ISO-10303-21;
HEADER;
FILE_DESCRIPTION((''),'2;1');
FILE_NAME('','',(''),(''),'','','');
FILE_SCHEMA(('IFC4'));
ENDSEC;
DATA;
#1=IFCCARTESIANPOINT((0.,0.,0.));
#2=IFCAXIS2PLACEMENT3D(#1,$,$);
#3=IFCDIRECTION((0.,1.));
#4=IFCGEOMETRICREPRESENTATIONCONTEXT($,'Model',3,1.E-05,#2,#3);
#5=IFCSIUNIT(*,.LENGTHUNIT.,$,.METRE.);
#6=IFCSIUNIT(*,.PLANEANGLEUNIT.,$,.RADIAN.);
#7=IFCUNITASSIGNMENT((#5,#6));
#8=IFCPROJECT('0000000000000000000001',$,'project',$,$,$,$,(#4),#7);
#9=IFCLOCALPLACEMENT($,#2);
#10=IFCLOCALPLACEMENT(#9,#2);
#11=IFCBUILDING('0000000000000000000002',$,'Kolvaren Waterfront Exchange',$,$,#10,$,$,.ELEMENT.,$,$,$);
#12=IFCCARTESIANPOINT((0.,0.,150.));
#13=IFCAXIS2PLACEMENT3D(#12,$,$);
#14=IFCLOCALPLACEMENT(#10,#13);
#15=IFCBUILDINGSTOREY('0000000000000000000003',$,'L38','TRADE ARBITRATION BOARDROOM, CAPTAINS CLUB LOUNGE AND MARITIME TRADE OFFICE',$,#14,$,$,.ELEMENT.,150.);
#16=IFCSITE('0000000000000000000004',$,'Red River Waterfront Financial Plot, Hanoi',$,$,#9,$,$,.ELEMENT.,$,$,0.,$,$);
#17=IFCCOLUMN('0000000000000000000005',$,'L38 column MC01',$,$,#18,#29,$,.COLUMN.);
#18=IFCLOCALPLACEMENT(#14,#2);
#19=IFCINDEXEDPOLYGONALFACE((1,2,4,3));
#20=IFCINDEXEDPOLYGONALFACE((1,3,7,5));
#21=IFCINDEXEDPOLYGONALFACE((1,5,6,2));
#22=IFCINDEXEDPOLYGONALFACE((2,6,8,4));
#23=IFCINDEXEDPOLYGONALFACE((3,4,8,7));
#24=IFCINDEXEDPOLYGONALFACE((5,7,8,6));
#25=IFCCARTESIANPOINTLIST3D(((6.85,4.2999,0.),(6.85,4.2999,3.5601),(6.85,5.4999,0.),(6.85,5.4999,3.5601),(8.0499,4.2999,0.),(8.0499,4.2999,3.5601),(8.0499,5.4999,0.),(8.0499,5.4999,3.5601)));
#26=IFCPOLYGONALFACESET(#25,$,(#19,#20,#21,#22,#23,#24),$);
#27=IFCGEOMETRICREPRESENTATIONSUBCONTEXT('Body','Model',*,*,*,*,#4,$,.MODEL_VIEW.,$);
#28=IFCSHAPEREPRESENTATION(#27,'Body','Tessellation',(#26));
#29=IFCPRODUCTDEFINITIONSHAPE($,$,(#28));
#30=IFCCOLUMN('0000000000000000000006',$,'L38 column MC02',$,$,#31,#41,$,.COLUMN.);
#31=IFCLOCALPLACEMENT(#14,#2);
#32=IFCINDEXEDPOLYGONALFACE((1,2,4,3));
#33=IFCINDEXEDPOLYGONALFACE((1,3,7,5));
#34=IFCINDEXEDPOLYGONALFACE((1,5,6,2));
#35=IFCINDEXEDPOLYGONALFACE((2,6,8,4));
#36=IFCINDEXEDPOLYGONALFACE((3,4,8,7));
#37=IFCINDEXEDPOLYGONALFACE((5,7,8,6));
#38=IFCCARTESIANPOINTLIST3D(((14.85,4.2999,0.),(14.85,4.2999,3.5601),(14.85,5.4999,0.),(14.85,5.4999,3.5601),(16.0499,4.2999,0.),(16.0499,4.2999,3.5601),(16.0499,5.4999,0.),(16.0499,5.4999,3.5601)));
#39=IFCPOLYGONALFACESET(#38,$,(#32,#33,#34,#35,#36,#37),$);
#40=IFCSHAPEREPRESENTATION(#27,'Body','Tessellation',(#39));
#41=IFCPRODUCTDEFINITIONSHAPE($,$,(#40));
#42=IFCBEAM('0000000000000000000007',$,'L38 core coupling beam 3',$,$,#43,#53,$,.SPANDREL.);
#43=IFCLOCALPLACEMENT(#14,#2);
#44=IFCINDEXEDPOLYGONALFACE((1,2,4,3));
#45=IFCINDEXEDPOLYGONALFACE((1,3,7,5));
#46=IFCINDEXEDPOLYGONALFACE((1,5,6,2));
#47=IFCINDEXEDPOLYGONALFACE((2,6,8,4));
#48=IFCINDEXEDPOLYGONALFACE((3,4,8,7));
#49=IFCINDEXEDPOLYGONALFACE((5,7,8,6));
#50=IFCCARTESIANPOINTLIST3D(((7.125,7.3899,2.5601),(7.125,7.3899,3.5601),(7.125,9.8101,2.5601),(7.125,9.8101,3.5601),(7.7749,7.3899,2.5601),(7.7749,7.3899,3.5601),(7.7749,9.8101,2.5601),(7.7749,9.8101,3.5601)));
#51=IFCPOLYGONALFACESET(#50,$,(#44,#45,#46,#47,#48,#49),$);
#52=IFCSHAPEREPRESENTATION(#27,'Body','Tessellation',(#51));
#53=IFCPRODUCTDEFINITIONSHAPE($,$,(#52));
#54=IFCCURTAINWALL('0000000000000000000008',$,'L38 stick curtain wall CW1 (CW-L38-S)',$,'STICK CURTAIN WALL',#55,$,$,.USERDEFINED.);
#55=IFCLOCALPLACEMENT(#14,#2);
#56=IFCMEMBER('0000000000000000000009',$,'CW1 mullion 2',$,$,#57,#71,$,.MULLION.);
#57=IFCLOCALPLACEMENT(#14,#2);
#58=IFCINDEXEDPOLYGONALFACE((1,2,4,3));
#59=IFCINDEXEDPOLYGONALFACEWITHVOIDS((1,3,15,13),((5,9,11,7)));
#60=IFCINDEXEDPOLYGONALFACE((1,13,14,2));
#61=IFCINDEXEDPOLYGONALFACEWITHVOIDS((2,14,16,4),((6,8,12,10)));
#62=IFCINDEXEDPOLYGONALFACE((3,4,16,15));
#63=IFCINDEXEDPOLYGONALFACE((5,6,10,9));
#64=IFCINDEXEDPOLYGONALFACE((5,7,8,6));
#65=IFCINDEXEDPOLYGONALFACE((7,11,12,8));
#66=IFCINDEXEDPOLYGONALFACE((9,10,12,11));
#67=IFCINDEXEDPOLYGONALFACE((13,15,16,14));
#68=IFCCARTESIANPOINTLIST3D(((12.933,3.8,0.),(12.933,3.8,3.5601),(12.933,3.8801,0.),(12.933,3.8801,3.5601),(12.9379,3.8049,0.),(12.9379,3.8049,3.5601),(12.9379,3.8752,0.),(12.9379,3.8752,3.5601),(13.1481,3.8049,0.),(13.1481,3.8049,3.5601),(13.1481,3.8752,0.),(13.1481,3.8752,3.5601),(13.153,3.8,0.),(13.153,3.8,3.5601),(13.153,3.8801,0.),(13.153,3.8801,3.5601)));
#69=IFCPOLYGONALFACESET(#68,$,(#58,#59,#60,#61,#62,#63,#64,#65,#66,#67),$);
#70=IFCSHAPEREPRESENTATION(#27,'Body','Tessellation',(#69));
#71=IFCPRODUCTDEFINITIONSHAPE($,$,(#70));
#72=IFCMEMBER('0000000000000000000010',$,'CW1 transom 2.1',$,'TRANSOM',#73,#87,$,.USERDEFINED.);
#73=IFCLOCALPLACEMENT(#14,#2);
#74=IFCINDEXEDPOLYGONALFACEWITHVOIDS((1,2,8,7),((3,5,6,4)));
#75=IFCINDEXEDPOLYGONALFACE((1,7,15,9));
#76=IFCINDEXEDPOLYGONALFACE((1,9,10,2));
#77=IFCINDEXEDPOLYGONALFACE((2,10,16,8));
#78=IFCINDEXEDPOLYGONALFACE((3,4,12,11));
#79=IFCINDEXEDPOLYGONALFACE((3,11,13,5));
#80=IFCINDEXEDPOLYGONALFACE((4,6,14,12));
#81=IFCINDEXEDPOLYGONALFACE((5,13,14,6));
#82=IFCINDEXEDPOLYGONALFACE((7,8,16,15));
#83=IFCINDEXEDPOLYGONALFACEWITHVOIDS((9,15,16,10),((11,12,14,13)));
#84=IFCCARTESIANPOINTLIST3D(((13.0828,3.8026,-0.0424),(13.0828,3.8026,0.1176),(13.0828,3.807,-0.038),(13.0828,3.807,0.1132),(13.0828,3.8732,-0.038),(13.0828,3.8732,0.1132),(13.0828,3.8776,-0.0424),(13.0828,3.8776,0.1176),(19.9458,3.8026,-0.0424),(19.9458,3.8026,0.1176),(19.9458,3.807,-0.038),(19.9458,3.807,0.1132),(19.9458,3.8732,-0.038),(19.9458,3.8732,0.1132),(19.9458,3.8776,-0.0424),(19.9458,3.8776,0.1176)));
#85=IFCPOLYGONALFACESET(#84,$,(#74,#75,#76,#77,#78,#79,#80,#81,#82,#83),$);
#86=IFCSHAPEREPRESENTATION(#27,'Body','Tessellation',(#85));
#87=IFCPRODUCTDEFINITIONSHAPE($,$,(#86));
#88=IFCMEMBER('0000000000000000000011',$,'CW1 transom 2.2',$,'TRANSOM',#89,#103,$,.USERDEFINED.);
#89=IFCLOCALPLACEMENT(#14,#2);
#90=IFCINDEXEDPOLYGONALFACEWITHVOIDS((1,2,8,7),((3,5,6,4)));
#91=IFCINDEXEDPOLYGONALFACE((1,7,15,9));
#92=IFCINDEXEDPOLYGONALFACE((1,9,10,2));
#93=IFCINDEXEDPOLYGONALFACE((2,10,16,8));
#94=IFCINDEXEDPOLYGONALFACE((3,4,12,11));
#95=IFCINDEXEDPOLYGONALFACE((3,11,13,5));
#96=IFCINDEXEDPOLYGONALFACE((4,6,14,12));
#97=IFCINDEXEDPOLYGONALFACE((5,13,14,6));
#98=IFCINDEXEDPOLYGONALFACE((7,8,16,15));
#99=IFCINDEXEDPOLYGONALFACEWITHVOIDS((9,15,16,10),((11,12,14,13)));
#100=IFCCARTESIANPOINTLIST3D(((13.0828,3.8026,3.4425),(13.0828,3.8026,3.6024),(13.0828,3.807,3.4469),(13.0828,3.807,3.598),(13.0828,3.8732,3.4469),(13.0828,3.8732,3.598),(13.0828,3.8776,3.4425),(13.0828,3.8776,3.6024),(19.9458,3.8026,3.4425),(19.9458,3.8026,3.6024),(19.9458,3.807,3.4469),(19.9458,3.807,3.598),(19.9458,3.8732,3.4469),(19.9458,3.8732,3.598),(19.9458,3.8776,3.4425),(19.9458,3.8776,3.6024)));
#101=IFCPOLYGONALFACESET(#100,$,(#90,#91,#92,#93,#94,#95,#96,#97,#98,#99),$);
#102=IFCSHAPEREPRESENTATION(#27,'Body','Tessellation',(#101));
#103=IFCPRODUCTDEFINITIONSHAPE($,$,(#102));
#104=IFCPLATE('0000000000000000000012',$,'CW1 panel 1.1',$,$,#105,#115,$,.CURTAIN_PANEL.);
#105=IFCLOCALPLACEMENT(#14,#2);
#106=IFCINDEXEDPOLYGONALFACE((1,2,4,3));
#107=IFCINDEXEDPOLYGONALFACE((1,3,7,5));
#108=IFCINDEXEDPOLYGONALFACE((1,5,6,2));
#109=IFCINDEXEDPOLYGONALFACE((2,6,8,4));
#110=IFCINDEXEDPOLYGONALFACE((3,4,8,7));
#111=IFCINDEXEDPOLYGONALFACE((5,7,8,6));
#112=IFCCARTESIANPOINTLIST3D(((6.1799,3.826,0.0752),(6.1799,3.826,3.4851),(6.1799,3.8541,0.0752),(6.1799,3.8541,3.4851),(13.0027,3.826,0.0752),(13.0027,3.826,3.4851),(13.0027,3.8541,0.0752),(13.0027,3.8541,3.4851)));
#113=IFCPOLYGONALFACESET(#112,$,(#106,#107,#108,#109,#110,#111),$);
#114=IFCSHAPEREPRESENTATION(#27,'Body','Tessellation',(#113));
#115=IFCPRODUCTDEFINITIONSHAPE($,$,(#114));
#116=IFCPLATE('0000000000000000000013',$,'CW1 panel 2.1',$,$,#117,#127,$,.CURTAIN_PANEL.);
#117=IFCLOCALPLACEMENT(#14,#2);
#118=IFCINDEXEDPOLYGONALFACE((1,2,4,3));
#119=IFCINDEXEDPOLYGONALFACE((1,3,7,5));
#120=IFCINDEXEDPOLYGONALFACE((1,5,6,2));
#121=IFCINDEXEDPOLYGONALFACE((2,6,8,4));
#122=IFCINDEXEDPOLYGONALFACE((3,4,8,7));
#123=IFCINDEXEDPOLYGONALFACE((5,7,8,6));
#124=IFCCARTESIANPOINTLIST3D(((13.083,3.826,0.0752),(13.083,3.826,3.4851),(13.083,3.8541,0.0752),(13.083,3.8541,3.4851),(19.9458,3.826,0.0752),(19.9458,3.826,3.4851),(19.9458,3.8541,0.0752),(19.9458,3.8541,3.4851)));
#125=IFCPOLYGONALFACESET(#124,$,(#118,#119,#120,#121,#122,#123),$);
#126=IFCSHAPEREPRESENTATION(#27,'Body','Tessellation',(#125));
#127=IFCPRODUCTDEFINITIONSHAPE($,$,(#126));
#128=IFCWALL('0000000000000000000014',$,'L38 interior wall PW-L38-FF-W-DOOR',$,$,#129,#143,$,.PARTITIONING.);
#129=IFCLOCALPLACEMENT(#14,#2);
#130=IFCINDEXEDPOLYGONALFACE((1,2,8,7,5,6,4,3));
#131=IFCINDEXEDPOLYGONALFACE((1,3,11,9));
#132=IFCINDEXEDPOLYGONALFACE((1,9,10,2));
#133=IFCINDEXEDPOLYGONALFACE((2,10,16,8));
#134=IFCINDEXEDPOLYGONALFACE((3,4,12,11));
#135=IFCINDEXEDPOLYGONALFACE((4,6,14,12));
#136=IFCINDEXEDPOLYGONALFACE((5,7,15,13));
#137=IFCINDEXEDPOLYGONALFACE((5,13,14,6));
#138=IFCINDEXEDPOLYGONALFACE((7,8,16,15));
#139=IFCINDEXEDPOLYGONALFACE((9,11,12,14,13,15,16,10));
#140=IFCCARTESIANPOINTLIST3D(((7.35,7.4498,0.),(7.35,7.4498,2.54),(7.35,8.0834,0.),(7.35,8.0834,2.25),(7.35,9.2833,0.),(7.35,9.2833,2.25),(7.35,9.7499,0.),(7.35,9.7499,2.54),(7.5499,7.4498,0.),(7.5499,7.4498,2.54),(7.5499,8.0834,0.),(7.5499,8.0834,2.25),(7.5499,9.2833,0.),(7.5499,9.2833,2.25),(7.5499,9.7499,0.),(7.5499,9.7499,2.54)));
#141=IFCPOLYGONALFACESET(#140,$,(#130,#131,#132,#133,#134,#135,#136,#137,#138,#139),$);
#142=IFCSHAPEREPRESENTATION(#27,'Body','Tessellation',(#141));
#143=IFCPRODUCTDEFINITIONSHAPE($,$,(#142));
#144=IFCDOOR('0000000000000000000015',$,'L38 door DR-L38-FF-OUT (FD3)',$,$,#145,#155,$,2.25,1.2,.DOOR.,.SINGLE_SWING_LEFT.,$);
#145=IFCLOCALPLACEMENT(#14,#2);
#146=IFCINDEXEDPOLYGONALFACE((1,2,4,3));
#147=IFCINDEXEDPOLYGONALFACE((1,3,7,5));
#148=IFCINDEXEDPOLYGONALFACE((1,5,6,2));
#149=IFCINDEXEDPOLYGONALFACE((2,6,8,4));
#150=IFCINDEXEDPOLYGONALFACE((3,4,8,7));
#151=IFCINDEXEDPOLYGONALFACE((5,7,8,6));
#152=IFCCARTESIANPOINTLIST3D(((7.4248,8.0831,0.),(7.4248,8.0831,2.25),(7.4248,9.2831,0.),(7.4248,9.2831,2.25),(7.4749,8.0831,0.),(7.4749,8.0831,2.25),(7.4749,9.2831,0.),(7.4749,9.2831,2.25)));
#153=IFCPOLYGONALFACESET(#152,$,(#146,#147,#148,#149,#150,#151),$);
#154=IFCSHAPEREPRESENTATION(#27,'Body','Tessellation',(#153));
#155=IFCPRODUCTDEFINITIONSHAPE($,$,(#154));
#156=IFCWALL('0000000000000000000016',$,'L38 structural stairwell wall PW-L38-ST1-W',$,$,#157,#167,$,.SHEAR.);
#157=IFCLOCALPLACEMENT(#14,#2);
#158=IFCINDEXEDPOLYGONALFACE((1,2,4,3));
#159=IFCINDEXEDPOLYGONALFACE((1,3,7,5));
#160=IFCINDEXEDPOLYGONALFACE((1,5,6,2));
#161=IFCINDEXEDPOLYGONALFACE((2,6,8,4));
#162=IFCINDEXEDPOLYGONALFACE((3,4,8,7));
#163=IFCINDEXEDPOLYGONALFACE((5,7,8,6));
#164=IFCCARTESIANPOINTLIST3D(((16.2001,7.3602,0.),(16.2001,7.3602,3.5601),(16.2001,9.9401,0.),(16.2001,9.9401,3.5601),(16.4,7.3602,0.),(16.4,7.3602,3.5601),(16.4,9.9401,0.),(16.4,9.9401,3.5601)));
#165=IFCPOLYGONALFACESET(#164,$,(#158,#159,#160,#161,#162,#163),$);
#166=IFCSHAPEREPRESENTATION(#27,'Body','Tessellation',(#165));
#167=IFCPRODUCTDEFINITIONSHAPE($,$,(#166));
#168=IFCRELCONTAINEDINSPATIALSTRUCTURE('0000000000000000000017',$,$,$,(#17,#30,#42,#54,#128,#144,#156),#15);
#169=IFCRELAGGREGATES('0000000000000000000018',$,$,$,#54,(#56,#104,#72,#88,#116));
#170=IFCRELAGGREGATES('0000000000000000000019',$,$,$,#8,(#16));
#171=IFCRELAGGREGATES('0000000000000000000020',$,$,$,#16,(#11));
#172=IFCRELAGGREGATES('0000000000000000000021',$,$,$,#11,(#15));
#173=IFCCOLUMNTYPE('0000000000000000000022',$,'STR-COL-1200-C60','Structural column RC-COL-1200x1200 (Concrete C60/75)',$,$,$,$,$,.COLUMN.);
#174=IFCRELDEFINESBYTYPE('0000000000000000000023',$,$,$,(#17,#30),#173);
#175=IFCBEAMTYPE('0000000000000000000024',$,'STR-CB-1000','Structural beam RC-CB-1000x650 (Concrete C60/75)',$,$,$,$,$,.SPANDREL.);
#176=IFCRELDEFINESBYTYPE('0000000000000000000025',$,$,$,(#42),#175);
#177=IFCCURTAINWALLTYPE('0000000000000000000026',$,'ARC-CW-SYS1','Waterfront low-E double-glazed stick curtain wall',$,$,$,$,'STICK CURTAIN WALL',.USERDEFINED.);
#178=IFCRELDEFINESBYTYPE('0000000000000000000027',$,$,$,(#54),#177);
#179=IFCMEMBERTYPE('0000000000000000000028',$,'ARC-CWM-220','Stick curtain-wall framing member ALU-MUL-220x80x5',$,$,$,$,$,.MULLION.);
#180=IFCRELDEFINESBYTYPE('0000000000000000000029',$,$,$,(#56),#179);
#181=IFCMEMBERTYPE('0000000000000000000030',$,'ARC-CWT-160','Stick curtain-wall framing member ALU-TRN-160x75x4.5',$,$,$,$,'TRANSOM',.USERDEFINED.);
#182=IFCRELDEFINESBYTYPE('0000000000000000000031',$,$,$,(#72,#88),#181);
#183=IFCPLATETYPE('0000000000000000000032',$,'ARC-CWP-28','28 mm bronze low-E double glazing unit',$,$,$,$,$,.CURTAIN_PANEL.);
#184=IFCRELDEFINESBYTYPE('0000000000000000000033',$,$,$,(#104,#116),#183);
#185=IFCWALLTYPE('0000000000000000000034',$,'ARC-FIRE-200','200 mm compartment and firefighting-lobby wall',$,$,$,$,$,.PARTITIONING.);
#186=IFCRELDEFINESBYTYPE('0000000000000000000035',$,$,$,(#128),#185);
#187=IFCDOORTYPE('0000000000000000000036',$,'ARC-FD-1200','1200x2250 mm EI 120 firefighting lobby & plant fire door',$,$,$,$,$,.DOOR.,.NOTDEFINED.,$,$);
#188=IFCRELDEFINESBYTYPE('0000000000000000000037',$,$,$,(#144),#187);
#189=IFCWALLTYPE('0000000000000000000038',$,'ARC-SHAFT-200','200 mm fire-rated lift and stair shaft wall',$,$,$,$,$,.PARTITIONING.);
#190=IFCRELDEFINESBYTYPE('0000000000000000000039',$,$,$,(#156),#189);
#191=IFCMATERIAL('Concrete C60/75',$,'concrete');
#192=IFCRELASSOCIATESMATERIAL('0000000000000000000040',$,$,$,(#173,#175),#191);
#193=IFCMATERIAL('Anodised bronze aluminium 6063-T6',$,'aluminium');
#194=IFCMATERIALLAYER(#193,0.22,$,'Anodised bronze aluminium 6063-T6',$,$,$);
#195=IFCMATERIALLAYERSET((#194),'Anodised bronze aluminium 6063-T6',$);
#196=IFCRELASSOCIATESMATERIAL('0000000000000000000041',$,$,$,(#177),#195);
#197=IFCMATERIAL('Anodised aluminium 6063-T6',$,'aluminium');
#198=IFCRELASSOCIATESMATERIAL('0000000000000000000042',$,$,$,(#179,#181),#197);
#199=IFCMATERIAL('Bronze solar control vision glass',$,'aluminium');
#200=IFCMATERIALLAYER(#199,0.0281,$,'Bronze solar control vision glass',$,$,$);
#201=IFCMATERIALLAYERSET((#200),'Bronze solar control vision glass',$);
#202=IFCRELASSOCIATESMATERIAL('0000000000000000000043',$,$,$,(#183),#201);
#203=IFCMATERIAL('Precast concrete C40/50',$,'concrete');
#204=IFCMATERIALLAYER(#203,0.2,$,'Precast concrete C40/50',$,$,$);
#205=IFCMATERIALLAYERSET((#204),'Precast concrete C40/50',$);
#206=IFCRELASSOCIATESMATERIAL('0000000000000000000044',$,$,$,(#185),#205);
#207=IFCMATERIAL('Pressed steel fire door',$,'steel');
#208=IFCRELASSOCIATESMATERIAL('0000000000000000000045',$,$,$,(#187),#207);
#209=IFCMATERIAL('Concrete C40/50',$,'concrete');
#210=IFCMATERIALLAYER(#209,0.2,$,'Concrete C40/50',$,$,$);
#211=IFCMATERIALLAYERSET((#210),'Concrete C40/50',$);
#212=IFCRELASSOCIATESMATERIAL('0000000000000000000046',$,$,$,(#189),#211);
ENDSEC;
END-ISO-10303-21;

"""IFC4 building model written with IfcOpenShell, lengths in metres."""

from ifc_helpers import new_model, si_unit, direction, frame, frame_2d, origin, origin_with_axes, origin_2d, place, context, subcontext, project, spatial, rectangle, hollow_rectangle, extrude, source, transform, mapped, material, layer, layer_set, material_profile, profile_set, type_object, element, fill, aggregate, save


model = new_model("IFC4")

# Units and contexts
model_context = context("Model", 3, precision=1e-05, world=origin(), true_north=direction((0.0, 1.0)))
body_context = subcontext(model_context, "Body", "Model", "MODEL_VIEW")
ifc_project = project(units=[si_unit("LENGTHUNIT", "METRE"), si_unit("PLANEANGLEUNIT", "RADIAN")], contexts=[model_context])

# Site, building, storey
site_placement = place(None, origin())
site = spatial("IfcSite", under=ifc_project, at=site_placement, Name="Red River Waterfront Financial Plot, Hanoi", CompositionType="ELEMENT", RefElevation=0.0)
building_placement = place(site_placement, origin())
building = spatial("IfcBuilding", under=site, at=building_placement, Name="Kolvaren Waterfront Exchange", CompositionType="ELEMENT")
storey_placement = place(building_placement, frame((0.0, 0.0, 150.0)))
storey = spatial("IfcBuildingStorey", under=building, at=storey_placement, Name="L38", Description="TRADE ARBITRATION BOARDROOM, CAPTAINS CLUB LOUNGE AND MARITIME TRADE OFFICE", CompositionType="ELEMENT", Elevation=150.0)

# Columns
ifc_material_1 = material(Name="Concrete C60/75", Category="concrete")
ifc_material_profile_1 = material_profile(ifc_material_1, rectangle(XDim=1.2, YDim=1.2, at=origin_2d()), Name="RC-COL-1200x1200")
ifc_profile_set_1 = profile_set([ifc_material_profile_1], Name="Concrete C60/75")
column_type = type_object("IfcColumnType", Name="STR-COL-1200-C60", Description="Structural column RC-COL-1200x1200 (Concrete C60/75)", PredefinedType="COLUMN", material=ifc_profile_set_1)
for number, where, z_axis, x_axis, name in (
    (1, (7.45, 4.8999, 0.0), (0.0, 0.0, 1.0), (1.0, 0.0, 0.0), "L38 column MC01"),
    (2, (15.45, 4.8999, 0.0), (0.0, 0.0, 1.0), (1.0, 0.0, 0.0), "L38 column MC02"),
):
    element("IfcColumn", number, at=place(storey_placement, frame(where, z_axis=z_axis, x_axis=x_axis)), inside=storey, type_object=column_type, Name=name, PredefinedType="COLUMN", context=body_context, shape_type="SweptSolid", body=[
        extrude(rectangle(XDim=1.2, YDim=1.2, at=origin_2d()), origin(), (0.0, 0.0, 1.0), 3.5601),
    ])

# Beam
ifc_material_profile_2 = material_profile(ifc_material_1, rectangle(XDim=0.6499, YDim=1.0, at=origin_2d()), Name="RC-CB-1000x650")
ifc_profile_set_2 = profile_set([ifc_material_profile_2], Name="Concrete C60/75")
beam_type = type_object("IfcBeamType", Name="STR-CB-1000", Description="Structural beam RC-CB-1000x650 (Concrete C60/75)", PredefinedType="SPANDREL", material=ifc_profile_set_2)
beam_placement = place(storey_placement, frame((7.45, 7.3899, 3.0601), z_axis=(0.0, 1.0, 0.0), x_axis=(-1.0, 0.0, 0.0)))
element("IfcBeam", 3, at=beam_placement, inside=storey, type_object=beam_type, Name="L38 core coupling beam 3", PredefinedType="SPANDREL", context=body_context, shape_type="SweptSolid", body=[
    extrude(rectangle(XDim=0.6499, YDim=1.0, at=origin_2d()), origin(), (0.0, 0.0, 1.0), 2.4202),
])

# Curtain wall, members, plates
ifc_material_2 = material(Name="Anodised bronze aluminium 6063-T6", Category="aluminium")
ifc_layer_1 = layer(ifc_material_2, 0.22, Name="Anodised bronze aluminium 6063-T6")
ifc_layer_set_1 = layer_set([ifc_layer_1], Name="Anodised bronze aluminium 6063-T6")
curtain_wall_type = type_object("IfcCurtainWallType", Name="ARC-CW-SYS1", Description="Waterfront low-E double-glazed stick curtain wall", ElementType="STICK CURTAIN WALL", PredefinedType="USERDEFINED", material=ifc_layer_set_1)
curtain_wall_placement = place(storey_placement, origin())
curtain_wall = element("IfcCurtainWall", 4, at=curtain_wall_placement, inside=storey, type_object=curtain_wall_type, Name="L38 stick curtain wall CW1 (CW-L38-S)", ObjectType="STICK CURTAIN WALL", PredefinedType="USERDEFINED")
ifc_material_3 = material(Name="Anodised aluminium 6063-T6", Category="aluminium")
ifc_material_profile_3 = material_profile(ifc_material_3, hollow_rectangle(XDim=0.0801, YDim=0.22, WallThickness=0.0049, at=origin_2d()), Name="ALU-MUL-220x80x5")
ifc_profile_set_3 = profile_set([ifc_material_profile_3], Name="Anodised aluminium 6063-T6")
member_type_1 = type_object("IfcMemberType", Name="ARC-CWM-220", Description="Stick curtain-wall framing member ALU-MUL-220x80x5", PredefinedType="MULLION", material=ifc_profile_set_3)
shared_shape_1 = source(origin_with_axes(), body_context, "Body", "SweptSolid", [
    extrude(hollow_rectangle(XDim=0.0801, YDim=0.22, WallThickness=0.0049, at=origin_2d()), origin(), (0.0, 0.0, 1.0), 3.5601),
])
member_1_placement = place(storey_placement, frame((13.043, 3.8401, 0.0), z_axis=(0.0, 0.0, 1.0), x_axis=(0.0, 1.0, 0.0)))
member_1 = element("IfcMember", 5, at=member_1_placement, type_object=member_type_1, Name="CW1 mullion 2", PredefinedType="MULLION", context=body_context, shape_type="MappedRepresentation", body=[
    mapped(shared_shape_1, transform((0.0, 0.0, 0.0), x_axis=(1.0, 0.0, 0.0), y_axis=(0.0, 1.0, 0.0), z_axis=(0.0, 0.0, 1.0), scale=1.0)),
])
ifc_material_profile_4 = material_profile(ifc_material_3, hollow_rectangle(XDim=0.075, YDim=0.1599, WallThickness=0.0044, at=origin_2d()), Name="ALU-TRN-160x75x4.5")
ifc_profile_set_4 = profile_set([ifc_material_profile_4], Name="Anodised aluminium 6063-T6")
member_type_2 = type_object("IfcMemberType", Name="ARC-CWT-160", Description="Stick curtain-wall framing member ALU-TRN-160x75x4.5", ElementType="TRANSOM", PredefinedType="USERDEFINED", material=ifc_profile_set_4)
shared_shape_2 = source(origin_with_axes(), body_context, "Body", "SweptSolid", [
    extrude(hollow_rectangle(XDim=0.075, YDim=0.1599, WallThickness=0.0044, at=origin_2d()), origin(), (0.0, 0.0, 1.0), 6.863),
])
member_2_placement = place(storey_placement, frame((13.0828, 3.8401, 0.0376), z_axis=(1.0, 0.0, 0.0), x_axis=(0.0, 1.0, 0.0)))
member_2 = element("IfcMember", 6, at=member_2_placement, type_object=member_type_2, Name="CW1 transom 2.1", ObjectType="TRANSOM", PredefinedType="USERDEFINED", context=body_context, shape_type="MappedRepresentation", body=[
    mapped(shared_shape_2, transform((0.0, 0.0, 0.0), x_axis=(1.0, 0.0, 0.0), y_axis=(0.0, 1.0, 0.0), z_axis=(0.0, 0.0, 1.0), scale=1.0)),
])
member_3_placement = place(storey_placement, frame((13.0828, 3.8401, 3.5225), z_axis=(1.0, 0.0, 0.0), x_axis=(0.0, 1.0, 0.0)))
member_3 = element("IfcMember", 7, at=member_3_placement, type_object=member_type_2, Name="CW1 transom 2.2", ObjectType="TRANSOM", PredefinedType="USERDEFINED", context=body_context, shape_type="MappedRepresentation", body=[
    mapped(shared_shape_2, transform((0.0, 0.0, 0.0), x_axis=(1.0, 0.0, 0.0), y_axis=(0.0, 1.0, 0.0), z_axis=(0.0, 0.0, 1.0), scale=1.0)),
])
ifc_material_4 = material(Name="Bronze solar control vision glass", Category="aluminium")
ifc_layer_2 = layer(ifc_material_4, 0.0281, Name="Bronze solar control vision glass")
ifc_layer_set_2 = layer_set([ifc_layer_2], Name="Bronze solar control vision glass")
plate_type = type_object("IfcPlateType", Name="ARC-CWP-28", Description="28 mm bronze low-E double glazing unit", PredefinedType="CURTAIN_PANEL", material=ifc_layer_set_2)
shared_shape_3 = source(origin_with_axes(), body_context, "Body", "SweptSolid", [
    extrude(rectangle(XDim=6.8228, YDim=0.0281, at=origin_2d()), origin(), (0.0, 0.0, 1.0), 3.4099),
])
plate_1_placement = place(storey_placement, frame((9.5913, 3.8401, 0.0752), z_axis=(0.0, 0.0, 1.0), x_axis=(1.0, 0.0, 0.0)))
plate_1 = element("IfcPlate", 8, at=plate_1_placement, type_object=plate_type, Name="CW1 panel 1.1", PredefinedType="CURTAIN_PANEL", context=body_context, shape_type="MappedRepresentation", body=[
    mapped(shared_shape_3, transform((0.0, 0.0, 0.0), x_axis=(1.0, 0.0, 0.0), y_axis=(0.0, 1.0, 0.0), z_axis=(0.0, 0.0, 1.0), scale=1.0)),
])
shared_shape_4 = source(origin_with_axes(), body_context, "Body", "SweptSolid", [
    extrude(rectangle(XDim=6.8628, YDim=0.0281, at=origin_2d()), origin(), (0.0, 0.0, 1.0), 3.4099),
])
plate_2_placement = place(storey_placement, frame((16.5144, 3.8401, 0.0752), z_axis=(0.0, 0.0, 1.0), x_axis=(1.0, 0.0, 0.0)))
plate_2 = element("IfcPlate", 9, at=plate_2_placement, type_object=plate_type, Name="CW1 panel 2.1", PredefinedType="CURTAIN_PANEL", context=body_context, shape_type="MappedRepresentation", body=[
    mapped(shared_shape_4, transform((0.0, 0.0, 0.0), x_axis=(1.0, 0.0, 0.0), y_axis=(0.0, 1.0, 0.0), z_axis=(0.0, 0.0, 1.0), scale=1.0)),
])
aggregate(curtain_wall, [member_1, plate_1, member_2, member_3, plate_2])

# Wall, opening, door
ifc_material_5 = material(Name="Precast concrete C40/50", Category="concrete")
ifc_layer_3 = layer(ifc_material_5, 0.2, Name="Precast concrete C40/50")
ifc_layer_set_3 = layer_set([ifc_layer_3], Name="Precast concrete C40/50")
wall_type_1 = type_object("IfcWallType", Name="ARC-FIRE-200", Description="200 mm compartment and firefighting-lobby wall", PredefinedType="PARTITIONING", material=ifc_layer_set_3)
wall_1_placement = place(storey_placement, frame((7.45, 7.45, 0.0), z_axis=(0.0, 0.0, 1.0), x_axis=(0.0, 1.0, 0.0)))
wall_1 = element("IfcWall", 10, at=wall_1_placement, inside=storey, type_object=wall_type_1, Name="L38 interior wall PW-L38-FF-W-DOOR", PredefinedType="PARTITIONING", context=body_context, shape_type="SweptSolid", body=[
    extrude(rectangle(XDim=2.3, YDim=0.2, at=frame_2d((1.1499, 0.0))), origin(), (0.0, 0.0, 1.0), 2.54),
])
opening_1_placement = place(wall_1_placement, frame((0.6333, 0.0, 0.0)))
opening_1 = element("IfcOpeningElement", 11, at=opening_1_placement, cuts=wall_1, PredefinedType="OPENING", context=body_context, shape_type="SweptSolid", body=[
    extrude(rectangle(XDim=1.2, YDim=2.25, at=frame_2d((0.6001, 1.125))), frame((0.0, 0.1099, 0.0), z_axis=(0.0, -1.0, 0.0), x_axis=(1.0, 0.0, 0.0)), (0.0, 0.0, 1.0), 0.22),
])
ifc_material_6 = material(Name="Pressed steel fire door", Category="steel")
door_type_1 = type_object("IfcDoorType", Name="ARC-FD-1200", Description="1200x2250 mm EI 120 firefighting lobby & plant fire door", OperationType="NOTDEFINED", PredefinedType="DOOR", material=ifc_material_6)
door_1_placement = place(opening_1_placement, frame((1.2, 0.0, 0.0), z_axis=(0.0, 0.0, 1.0), x_axis=(-1.0, 0.0, 0.0)))
door_1 = element("IfcDoor", 12, at=door_1_placement, inside=storey, type_object=door_type_1, Name="L38 door DR-L38-FF-OUT (FD3)", OperationType="SINGLE_SWING_LEFT", OverallHeight=2.25, OverallWidth=1.2, PredefinedType="DOOR", context=body_context, shape_type="SweptSolid", body=[
    extrude(rectangle(XDim=1.2, YDim=2.25, at=frame_2d((0.6001, 1.125))), frame((0.0, 0.0249, 0.0), z_axis=(0.0, -1.0, 0.0), x_axis=(1.0, 0.0, 0.0)), (0.0, 0.0, 1.0), 0.05),
])
fill(opening_1, door_1)

# Wall
ifc_material_7 = material(Name="Concrete C40/50", Category="concrete")
ifc_layer_4 = layer(ifc_material_7, 0.2, Name="Concrete C40/50")
ifc_layer_set_4 = layer_set([ifc_layer_4], Name="Concrete C40/50")
wall_type_2 = type_object("IfcWallType", Name="ARC-SHAFT-200", Description="200 mm fire-rated lift and stair shaft wall", PredefinedType="PARTITIONING", material=ifc_layer_set_4)
wall_2_placement = place(storey_placement, frame((16.3, 7.3601, 0.0), z_axis=(0.0, 0.0, 1.0), x_axis=(0.0, 1.0, 0.0)))
element("IfcWall", 13, at=wall_2_placement, inside=storey, type_object=wall_type_2, Name="L38 structural stairwell wall PW-L38-ST1-W", PredefinedType="SHEAR", context=body_context, shape_type="SweptSolid", body=[
    extrude(rectangle(XDim=2.5798, YDim=0.2, at=frame_2d((1.29, 0.0))), origin(), (0.0, 0.0, 1.0), 3.5601),
])

save(model, "model.ifc")
